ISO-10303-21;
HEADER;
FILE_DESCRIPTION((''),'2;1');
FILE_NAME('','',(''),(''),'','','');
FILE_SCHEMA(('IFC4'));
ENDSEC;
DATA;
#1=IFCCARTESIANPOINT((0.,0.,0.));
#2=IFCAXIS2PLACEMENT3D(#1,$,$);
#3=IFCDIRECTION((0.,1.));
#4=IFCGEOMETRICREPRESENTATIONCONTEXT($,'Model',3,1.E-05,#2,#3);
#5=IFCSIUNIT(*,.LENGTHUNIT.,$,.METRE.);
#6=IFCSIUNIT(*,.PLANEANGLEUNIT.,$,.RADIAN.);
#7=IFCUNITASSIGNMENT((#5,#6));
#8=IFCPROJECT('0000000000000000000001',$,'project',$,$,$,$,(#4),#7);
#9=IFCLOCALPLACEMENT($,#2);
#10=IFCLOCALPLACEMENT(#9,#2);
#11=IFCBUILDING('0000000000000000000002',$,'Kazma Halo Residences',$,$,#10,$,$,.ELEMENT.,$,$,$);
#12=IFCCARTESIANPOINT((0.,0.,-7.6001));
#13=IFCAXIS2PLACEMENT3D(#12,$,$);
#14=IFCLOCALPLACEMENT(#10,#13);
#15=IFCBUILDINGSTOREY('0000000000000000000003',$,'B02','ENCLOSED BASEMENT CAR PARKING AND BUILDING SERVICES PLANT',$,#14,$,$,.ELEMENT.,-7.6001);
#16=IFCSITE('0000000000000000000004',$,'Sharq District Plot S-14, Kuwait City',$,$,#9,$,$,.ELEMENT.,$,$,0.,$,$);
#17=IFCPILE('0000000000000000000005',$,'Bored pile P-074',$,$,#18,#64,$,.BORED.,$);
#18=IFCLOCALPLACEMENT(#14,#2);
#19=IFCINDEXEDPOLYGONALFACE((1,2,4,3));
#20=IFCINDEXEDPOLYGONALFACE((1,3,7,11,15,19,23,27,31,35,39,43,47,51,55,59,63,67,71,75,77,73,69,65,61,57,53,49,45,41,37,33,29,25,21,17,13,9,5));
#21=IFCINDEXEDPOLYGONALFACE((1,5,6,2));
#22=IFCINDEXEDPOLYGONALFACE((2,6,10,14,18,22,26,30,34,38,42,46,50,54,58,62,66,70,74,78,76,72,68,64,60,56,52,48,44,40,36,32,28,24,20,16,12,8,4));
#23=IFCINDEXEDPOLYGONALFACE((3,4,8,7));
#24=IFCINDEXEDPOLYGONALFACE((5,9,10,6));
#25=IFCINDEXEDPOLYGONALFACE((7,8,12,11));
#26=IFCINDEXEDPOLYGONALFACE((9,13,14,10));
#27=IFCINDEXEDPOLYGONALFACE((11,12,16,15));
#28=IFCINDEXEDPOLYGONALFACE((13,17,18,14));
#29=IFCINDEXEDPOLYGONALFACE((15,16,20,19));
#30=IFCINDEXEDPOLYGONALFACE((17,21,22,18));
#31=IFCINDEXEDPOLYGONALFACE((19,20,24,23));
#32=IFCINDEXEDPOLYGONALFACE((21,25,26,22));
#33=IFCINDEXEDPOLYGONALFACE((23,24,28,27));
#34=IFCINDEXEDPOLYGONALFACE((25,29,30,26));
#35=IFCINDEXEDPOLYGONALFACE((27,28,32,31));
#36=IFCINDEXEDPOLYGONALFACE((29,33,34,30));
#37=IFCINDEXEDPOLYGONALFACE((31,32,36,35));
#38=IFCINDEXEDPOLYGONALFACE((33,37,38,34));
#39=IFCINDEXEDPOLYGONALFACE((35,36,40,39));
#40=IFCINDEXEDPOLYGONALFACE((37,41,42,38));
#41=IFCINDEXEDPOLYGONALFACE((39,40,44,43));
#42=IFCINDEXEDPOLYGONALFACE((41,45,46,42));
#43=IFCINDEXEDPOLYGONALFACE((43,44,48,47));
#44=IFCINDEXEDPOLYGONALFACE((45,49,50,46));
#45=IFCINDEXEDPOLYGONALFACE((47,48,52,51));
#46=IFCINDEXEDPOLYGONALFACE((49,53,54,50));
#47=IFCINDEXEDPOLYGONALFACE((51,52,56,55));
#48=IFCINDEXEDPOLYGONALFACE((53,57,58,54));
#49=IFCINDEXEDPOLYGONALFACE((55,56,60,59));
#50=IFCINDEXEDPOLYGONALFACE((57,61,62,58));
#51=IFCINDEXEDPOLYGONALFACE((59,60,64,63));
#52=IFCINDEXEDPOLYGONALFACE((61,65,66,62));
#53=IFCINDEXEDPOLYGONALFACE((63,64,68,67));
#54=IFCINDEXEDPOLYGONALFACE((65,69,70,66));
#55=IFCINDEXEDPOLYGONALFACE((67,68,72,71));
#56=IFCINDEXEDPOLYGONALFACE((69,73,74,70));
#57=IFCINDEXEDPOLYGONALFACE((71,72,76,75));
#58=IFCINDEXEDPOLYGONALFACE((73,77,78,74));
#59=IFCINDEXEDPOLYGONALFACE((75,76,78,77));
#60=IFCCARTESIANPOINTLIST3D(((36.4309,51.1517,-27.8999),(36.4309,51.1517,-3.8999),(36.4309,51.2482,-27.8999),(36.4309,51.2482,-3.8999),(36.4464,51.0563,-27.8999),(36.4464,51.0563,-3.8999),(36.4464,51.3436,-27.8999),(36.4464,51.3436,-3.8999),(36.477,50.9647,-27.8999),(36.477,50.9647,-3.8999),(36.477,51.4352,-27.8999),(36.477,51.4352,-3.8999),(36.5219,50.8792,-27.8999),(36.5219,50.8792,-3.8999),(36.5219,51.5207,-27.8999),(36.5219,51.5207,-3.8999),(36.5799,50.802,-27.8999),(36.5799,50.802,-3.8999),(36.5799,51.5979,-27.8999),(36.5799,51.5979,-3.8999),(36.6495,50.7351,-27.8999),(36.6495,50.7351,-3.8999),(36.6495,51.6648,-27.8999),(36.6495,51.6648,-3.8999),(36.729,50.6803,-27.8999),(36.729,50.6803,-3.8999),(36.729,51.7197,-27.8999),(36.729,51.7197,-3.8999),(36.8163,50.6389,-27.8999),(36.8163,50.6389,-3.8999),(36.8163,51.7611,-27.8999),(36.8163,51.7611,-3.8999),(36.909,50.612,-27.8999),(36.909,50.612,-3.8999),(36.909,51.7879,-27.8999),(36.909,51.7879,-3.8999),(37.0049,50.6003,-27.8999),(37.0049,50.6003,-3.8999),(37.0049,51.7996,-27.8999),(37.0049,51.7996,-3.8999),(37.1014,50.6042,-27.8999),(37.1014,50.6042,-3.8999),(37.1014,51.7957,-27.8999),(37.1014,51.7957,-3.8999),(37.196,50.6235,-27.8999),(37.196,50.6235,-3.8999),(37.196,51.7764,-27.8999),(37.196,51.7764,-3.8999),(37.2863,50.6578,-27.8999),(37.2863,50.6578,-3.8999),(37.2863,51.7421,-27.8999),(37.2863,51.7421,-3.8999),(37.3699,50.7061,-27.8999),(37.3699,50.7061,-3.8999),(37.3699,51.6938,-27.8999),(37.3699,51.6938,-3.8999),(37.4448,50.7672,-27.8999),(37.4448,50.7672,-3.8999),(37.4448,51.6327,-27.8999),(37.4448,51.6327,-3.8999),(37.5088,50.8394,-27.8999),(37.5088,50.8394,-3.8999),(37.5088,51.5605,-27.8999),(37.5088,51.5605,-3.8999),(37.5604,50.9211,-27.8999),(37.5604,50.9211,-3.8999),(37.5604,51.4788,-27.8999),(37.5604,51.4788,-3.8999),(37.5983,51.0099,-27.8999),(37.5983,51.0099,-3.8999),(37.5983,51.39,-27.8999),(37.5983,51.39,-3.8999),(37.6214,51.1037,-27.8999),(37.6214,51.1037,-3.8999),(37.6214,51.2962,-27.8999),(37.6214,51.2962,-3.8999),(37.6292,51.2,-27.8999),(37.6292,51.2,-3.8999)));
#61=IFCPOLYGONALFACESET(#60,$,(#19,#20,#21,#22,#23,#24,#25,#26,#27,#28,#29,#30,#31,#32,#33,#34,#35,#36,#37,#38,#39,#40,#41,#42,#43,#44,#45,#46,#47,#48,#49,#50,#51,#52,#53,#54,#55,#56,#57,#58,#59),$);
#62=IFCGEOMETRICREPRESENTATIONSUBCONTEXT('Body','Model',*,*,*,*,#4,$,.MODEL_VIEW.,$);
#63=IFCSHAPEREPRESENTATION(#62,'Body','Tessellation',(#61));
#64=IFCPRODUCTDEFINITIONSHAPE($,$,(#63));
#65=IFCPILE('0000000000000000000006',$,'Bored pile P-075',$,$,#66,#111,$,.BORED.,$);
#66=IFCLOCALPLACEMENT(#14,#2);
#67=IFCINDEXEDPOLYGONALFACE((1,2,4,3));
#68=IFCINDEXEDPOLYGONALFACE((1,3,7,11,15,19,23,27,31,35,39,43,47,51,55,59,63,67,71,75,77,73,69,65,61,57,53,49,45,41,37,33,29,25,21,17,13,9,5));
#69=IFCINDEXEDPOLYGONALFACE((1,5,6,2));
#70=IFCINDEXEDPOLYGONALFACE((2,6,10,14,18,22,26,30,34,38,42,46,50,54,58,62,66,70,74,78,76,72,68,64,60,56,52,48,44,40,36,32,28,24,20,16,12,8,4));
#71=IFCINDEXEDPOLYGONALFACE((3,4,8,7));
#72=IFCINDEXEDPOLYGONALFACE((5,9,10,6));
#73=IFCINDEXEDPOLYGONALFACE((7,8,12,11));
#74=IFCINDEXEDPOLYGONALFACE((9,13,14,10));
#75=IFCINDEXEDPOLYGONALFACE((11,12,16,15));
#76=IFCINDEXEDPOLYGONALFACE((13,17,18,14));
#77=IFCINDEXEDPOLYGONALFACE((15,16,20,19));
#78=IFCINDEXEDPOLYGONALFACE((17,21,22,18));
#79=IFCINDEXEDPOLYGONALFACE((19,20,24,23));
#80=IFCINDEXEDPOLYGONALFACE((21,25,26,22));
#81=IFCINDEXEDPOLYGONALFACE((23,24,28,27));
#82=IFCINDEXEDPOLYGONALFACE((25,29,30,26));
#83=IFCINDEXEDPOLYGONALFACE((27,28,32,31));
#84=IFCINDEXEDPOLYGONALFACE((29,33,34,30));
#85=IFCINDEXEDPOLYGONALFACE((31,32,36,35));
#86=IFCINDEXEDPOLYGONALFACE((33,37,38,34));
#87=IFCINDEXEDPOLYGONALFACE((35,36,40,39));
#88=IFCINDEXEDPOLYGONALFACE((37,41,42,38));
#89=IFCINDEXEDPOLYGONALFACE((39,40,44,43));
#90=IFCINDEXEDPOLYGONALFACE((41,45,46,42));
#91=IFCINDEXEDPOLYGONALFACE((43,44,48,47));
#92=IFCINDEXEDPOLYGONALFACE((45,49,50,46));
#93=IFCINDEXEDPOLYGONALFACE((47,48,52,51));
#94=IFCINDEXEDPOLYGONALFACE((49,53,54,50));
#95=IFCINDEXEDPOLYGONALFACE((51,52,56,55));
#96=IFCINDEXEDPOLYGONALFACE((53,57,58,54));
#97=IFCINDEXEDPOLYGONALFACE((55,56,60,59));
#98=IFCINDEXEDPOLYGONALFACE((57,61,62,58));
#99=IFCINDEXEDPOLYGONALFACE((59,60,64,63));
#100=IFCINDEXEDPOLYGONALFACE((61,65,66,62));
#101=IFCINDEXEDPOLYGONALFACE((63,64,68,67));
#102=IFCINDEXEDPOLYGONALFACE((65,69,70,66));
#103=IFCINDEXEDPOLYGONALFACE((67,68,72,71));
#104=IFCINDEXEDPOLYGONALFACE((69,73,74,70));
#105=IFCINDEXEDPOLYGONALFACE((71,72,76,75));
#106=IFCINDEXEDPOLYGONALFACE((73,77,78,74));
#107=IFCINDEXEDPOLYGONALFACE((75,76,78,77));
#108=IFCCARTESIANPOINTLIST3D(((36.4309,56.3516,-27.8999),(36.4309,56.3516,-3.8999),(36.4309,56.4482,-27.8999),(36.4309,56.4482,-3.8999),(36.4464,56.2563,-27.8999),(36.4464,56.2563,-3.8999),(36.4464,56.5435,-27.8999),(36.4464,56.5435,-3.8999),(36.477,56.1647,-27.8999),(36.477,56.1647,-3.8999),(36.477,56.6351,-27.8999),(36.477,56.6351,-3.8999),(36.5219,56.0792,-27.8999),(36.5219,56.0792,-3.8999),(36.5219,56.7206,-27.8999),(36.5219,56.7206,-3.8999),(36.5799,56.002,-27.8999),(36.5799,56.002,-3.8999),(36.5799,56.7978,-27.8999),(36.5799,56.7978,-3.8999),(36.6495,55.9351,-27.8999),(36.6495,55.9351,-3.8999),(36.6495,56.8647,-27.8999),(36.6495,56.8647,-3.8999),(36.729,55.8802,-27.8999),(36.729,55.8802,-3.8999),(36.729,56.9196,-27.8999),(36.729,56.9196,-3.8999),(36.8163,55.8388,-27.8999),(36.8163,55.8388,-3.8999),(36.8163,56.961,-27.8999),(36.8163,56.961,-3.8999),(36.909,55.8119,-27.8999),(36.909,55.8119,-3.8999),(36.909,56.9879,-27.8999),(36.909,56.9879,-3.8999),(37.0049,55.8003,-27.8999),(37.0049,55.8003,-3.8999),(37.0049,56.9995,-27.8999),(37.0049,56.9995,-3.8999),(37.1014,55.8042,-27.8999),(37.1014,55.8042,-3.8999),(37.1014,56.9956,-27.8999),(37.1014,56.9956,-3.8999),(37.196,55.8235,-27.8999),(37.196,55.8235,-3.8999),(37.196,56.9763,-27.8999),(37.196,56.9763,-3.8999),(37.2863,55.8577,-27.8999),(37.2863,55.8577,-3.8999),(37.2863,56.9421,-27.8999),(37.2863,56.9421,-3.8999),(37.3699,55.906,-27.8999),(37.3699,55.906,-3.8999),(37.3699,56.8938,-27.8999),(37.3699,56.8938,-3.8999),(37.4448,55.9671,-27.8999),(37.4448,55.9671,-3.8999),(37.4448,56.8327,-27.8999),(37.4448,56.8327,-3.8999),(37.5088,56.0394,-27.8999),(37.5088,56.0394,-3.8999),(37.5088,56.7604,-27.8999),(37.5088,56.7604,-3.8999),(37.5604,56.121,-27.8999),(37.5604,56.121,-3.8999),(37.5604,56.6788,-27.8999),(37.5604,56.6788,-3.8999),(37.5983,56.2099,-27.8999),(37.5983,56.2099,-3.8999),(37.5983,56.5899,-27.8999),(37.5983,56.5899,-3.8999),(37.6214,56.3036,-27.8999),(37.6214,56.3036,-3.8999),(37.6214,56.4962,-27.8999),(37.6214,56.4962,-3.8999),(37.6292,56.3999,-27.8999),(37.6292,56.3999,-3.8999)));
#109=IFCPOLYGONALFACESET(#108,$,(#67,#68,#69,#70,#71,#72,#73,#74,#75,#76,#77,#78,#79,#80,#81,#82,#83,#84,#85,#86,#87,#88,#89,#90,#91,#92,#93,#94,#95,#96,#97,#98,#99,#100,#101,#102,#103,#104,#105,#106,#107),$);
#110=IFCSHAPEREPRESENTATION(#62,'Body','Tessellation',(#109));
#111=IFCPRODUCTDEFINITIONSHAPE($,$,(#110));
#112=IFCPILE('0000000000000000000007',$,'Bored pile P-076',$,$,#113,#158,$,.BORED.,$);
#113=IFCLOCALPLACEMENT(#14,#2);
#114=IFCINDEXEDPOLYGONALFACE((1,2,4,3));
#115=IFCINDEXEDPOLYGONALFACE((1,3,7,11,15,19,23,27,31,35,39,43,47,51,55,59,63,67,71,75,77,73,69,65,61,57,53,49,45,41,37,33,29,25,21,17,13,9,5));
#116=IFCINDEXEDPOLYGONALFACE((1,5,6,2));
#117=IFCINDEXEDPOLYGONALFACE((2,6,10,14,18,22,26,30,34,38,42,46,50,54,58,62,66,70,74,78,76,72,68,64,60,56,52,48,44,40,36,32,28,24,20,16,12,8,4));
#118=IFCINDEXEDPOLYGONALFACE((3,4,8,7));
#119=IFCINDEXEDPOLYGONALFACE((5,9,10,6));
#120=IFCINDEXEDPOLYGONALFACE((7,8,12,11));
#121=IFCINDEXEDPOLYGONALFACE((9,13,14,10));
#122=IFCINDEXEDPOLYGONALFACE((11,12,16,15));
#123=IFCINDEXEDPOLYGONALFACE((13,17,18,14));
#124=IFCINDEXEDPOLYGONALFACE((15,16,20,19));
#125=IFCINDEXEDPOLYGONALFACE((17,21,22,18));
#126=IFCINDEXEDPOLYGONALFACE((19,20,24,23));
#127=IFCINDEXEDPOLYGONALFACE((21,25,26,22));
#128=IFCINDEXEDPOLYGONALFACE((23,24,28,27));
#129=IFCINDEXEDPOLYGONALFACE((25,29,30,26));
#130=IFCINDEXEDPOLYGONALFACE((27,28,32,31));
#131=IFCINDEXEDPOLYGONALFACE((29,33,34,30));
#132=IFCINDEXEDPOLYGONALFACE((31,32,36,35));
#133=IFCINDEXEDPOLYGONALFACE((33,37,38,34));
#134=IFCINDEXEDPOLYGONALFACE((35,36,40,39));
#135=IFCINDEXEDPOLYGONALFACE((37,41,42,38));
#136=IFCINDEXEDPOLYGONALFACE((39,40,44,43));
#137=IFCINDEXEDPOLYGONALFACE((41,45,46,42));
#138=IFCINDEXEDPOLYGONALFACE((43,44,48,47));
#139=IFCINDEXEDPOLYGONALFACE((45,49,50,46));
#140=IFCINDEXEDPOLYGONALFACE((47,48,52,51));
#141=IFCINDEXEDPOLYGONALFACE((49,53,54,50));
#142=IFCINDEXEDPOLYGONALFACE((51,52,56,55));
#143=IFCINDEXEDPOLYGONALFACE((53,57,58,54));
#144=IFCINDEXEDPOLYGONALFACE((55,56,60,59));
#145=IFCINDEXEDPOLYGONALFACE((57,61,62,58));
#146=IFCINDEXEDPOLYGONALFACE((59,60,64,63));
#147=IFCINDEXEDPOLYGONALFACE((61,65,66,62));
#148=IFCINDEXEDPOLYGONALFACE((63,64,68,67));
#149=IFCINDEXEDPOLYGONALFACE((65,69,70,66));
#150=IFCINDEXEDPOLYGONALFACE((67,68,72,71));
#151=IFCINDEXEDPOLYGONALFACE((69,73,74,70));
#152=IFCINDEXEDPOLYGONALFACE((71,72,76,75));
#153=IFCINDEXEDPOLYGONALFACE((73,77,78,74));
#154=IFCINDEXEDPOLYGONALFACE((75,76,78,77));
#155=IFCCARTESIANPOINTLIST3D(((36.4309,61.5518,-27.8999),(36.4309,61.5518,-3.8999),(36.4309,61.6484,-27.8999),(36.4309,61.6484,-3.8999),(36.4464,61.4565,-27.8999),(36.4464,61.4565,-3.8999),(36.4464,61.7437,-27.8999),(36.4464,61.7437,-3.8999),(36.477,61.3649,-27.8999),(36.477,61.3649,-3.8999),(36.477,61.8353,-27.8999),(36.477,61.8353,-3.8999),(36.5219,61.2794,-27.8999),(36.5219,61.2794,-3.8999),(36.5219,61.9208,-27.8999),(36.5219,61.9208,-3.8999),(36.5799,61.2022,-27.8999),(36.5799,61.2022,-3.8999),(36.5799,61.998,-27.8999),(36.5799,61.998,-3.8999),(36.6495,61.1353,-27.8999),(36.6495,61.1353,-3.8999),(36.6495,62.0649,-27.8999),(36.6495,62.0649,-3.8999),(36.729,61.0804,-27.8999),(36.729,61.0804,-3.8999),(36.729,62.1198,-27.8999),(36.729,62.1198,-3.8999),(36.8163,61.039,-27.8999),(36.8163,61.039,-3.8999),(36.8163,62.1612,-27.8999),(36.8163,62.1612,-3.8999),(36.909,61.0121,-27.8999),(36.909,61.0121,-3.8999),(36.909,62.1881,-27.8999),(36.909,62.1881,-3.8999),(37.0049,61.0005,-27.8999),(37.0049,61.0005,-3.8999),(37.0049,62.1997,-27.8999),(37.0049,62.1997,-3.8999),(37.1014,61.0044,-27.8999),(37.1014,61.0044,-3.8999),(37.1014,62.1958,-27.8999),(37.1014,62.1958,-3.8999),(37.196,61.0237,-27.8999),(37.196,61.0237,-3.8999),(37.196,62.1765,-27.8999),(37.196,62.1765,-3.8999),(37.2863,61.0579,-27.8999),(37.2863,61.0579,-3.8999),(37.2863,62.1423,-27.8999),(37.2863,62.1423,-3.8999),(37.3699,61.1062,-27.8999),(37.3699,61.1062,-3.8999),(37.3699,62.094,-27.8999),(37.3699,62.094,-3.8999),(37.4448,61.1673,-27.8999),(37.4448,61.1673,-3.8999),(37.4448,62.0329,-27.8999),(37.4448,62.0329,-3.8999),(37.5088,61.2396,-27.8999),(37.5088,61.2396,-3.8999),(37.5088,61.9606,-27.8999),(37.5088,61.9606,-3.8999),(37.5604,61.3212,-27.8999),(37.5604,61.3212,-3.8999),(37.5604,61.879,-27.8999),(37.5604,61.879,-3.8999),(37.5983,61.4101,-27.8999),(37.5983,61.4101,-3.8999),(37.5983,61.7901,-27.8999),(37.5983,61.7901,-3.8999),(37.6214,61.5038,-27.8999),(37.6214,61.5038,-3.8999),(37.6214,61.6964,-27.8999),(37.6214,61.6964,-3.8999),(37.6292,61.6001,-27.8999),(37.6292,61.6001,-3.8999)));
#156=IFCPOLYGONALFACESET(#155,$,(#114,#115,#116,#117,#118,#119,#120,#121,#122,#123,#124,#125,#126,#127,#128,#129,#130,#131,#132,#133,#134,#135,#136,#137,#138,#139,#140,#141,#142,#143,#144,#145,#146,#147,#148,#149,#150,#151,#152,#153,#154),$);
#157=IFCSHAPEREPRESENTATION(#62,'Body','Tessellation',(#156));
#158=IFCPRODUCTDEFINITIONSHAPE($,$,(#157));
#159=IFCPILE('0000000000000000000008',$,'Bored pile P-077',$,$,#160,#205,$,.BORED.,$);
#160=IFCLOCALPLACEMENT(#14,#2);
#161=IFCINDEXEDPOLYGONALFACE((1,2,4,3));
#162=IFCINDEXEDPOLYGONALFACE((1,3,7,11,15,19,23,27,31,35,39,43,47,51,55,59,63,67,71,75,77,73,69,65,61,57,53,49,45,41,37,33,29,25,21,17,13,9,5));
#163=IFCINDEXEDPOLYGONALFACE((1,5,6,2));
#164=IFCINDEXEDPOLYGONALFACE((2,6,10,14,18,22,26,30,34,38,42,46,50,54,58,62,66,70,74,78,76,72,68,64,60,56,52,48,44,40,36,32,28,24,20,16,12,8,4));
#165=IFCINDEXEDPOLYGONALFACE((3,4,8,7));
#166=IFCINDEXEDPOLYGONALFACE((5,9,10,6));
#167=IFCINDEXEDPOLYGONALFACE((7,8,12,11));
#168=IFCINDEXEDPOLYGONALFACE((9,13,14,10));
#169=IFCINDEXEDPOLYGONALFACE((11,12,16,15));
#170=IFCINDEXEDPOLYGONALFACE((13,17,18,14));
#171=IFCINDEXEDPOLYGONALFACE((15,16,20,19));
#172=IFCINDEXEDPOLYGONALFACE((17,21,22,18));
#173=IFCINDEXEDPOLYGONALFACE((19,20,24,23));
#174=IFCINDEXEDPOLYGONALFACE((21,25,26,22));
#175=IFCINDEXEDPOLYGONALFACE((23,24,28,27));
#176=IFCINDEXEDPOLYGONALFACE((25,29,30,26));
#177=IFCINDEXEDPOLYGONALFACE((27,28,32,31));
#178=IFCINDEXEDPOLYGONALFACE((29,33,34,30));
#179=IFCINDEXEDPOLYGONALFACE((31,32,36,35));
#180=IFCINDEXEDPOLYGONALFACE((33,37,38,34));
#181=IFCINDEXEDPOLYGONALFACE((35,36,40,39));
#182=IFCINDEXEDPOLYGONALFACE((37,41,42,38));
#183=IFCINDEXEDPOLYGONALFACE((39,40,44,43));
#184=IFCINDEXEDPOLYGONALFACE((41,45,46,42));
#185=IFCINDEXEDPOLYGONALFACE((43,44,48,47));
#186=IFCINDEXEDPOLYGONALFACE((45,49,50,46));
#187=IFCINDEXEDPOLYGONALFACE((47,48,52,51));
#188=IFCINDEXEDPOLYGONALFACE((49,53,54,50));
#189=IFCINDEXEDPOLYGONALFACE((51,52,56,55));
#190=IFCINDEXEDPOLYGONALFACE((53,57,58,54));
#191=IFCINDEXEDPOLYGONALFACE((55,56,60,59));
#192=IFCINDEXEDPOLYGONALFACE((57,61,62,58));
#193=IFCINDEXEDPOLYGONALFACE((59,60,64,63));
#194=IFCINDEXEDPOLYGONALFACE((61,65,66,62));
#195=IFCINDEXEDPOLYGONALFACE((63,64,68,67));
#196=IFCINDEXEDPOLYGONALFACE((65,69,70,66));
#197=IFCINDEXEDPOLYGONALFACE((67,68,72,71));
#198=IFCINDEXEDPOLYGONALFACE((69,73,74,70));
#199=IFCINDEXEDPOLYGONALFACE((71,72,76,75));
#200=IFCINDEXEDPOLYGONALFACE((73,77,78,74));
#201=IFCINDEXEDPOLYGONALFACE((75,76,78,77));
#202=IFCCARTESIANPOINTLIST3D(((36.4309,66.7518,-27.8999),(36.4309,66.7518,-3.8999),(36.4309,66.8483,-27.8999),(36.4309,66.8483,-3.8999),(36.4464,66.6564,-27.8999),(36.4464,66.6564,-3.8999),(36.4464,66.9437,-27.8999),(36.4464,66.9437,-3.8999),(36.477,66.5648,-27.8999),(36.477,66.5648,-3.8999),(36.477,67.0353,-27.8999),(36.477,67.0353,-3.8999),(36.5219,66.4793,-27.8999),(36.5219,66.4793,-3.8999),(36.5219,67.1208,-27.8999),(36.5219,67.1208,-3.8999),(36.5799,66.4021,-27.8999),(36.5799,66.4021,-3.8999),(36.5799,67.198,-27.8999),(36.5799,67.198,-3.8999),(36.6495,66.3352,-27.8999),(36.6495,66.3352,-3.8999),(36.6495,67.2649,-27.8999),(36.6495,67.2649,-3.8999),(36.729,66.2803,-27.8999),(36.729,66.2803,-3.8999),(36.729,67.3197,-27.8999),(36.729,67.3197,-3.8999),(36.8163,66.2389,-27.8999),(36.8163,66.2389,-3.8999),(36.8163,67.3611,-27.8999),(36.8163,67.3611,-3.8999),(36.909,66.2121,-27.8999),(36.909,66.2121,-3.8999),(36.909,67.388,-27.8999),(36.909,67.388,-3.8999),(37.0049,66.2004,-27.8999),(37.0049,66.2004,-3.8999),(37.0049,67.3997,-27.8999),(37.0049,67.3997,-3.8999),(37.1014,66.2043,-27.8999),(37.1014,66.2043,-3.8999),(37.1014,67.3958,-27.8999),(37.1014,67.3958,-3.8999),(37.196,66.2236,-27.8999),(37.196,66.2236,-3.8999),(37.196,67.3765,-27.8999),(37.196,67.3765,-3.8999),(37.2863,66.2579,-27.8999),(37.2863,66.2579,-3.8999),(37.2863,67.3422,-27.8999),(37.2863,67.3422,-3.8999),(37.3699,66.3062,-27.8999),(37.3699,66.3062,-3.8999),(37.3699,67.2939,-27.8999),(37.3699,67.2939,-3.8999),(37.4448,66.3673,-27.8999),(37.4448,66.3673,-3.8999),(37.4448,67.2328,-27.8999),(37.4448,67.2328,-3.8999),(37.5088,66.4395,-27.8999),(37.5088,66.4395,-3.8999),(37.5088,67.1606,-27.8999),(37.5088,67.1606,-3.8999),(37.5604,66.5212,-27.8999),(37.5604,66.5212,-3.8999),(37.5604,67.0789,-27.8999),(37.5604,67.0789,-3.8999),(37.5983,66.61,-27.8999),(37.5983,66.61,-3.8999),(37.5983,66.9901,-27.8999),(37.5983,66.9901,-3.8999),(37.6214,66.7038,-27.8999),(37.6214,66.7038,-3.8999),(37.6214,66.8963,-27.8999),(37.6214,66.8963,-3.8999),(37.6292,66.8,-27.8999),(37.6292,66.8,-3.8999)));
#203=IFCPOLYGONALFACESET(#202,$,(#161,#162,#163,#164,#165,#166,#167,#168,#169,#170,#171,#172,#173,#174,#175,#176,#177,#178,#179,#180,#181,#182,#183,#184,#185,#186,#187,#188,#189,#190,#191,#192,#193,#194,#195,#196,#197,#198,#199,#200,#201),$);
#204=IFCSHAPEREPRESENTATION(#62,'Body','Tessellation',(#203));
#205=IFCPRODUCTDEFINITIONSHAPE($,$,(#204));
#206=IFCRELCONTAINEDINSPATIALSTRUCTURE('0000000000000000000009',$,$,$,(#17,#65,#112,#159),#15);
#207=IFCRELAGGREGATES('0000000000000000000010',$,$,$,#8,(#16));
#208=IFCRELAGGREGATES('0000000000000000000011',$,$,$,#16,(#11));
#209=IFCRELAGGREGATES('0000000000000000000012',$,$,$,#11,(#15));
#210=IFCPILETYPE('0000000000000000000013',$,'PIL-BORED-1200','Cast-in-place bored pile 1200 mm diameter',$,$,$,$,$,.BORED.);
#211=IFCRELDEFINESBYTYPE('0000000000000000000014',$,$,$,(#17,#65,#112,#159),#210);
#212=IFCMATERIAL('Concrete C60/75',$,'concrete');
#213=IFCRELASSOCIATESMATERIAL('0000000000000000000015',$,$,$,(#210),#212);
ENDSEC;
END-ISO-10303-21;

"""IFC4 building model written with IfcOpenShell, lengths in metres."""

from ifc_helpers import new_model, si_unit, direction, frame, origin, origin_2d, place, context, subcontext, project, spatial, circle, extrude, material, material_profile, profile_set, type_object, element, save


model = new_model("IFC4")

# Units and contexts
model_context = context("Model", 3, precision=1e-05, world=origin(), true_north=direction((0.0, 1.0)))
body_context = subcontext(model_context, "Body", "Model", "MODEL_VIEW")
ifc_project = project(units=[si_unit("LENGTHUNIT", "METRE"), si_unit("PLANEANGLEUNIT", "RADIAN")], contexts=[model_context])

# Site, building, storey
site_placement = place(None, origin())
site = spatial("IfcSite", under=ifc_project, at=site_placement, Name="Sharq District Plot S-14, Kuwait City", CompositionType="ELEMENT", RefElevation=0.0)
building_placement = place(site_placement, origin())
building = spatial("IfcBuilding", under=site, at=building_placement, Name="Kazma Halo Residences", CompositionType="ELEMENT")
storey_placement = place(building_placement, frame((0.0, 0.0, -7.6001)))
storey = spatial("IfcBuildingStorey", under=building, at=storey_placement, Name="B02", Description="ENCLOSED BASEMENT CAR PARKING AND BUILDING SERVICES PLANT", CompositionType="ELEMENT", Elevation=-7.6001)

# Piles
ifc_material_1 = material(Name="Concrete C60/75", Category="concrete")
ifc_material_profile_1 = material_profile(ifc_material_1, circle(Radius=0.6001, at=origin_2d()), Name="CIRC1200")
ifc_profile_set_1 = profile_set([ifc_material_profile_1], Name="Concrete C60/75")
pile_type = type_object("IfcPileType", Name="PIL-BORED-1200", Description="Cast-in-place bored pile 1200 mm diameter", PredefinedType="BORED", material=ifc_profile_set_1)
for number, where, z_axis, x_axis, name in (
    (1, (37.0291, 51.2, -3.8999), (0.0, 0.0, -1.0), (1.0, 0.0, 0.0), "Bored pile P-074"),
    (2, (37.0291, 56.3999, -3.8999), (0.0, 0.0, -1.0), (1.0, 0.0, 0.0), "Bored pile P-075"),
    (3, (37.0291, 61.6001, -3.8999), (0.0, 0.0, -1.0), (1.0, 0.0, 0.0), "Bored pile P-076"),
    (4, (37.0291, 66.8, -3.8999), (0.0, 0.0, -1.0), (1.0, 0.0, 0.0), "Bored pile P-077"),
):
    element("IfcPile", number, at=place(storey_placement, frame(where, z_axis=z_axis, x_axis=x_axis)), inside=storey, type_object=pile_type, Name=name, PredefinedType="BORED", context=body_context, shape_type="SweptSolid", body=[
        extrude(circle(Radius=0.6001, at=origin_2d()), origin(), (0.0, 0.0, 1.0), 24.0),
    ])

save(model, "model.ifc")
